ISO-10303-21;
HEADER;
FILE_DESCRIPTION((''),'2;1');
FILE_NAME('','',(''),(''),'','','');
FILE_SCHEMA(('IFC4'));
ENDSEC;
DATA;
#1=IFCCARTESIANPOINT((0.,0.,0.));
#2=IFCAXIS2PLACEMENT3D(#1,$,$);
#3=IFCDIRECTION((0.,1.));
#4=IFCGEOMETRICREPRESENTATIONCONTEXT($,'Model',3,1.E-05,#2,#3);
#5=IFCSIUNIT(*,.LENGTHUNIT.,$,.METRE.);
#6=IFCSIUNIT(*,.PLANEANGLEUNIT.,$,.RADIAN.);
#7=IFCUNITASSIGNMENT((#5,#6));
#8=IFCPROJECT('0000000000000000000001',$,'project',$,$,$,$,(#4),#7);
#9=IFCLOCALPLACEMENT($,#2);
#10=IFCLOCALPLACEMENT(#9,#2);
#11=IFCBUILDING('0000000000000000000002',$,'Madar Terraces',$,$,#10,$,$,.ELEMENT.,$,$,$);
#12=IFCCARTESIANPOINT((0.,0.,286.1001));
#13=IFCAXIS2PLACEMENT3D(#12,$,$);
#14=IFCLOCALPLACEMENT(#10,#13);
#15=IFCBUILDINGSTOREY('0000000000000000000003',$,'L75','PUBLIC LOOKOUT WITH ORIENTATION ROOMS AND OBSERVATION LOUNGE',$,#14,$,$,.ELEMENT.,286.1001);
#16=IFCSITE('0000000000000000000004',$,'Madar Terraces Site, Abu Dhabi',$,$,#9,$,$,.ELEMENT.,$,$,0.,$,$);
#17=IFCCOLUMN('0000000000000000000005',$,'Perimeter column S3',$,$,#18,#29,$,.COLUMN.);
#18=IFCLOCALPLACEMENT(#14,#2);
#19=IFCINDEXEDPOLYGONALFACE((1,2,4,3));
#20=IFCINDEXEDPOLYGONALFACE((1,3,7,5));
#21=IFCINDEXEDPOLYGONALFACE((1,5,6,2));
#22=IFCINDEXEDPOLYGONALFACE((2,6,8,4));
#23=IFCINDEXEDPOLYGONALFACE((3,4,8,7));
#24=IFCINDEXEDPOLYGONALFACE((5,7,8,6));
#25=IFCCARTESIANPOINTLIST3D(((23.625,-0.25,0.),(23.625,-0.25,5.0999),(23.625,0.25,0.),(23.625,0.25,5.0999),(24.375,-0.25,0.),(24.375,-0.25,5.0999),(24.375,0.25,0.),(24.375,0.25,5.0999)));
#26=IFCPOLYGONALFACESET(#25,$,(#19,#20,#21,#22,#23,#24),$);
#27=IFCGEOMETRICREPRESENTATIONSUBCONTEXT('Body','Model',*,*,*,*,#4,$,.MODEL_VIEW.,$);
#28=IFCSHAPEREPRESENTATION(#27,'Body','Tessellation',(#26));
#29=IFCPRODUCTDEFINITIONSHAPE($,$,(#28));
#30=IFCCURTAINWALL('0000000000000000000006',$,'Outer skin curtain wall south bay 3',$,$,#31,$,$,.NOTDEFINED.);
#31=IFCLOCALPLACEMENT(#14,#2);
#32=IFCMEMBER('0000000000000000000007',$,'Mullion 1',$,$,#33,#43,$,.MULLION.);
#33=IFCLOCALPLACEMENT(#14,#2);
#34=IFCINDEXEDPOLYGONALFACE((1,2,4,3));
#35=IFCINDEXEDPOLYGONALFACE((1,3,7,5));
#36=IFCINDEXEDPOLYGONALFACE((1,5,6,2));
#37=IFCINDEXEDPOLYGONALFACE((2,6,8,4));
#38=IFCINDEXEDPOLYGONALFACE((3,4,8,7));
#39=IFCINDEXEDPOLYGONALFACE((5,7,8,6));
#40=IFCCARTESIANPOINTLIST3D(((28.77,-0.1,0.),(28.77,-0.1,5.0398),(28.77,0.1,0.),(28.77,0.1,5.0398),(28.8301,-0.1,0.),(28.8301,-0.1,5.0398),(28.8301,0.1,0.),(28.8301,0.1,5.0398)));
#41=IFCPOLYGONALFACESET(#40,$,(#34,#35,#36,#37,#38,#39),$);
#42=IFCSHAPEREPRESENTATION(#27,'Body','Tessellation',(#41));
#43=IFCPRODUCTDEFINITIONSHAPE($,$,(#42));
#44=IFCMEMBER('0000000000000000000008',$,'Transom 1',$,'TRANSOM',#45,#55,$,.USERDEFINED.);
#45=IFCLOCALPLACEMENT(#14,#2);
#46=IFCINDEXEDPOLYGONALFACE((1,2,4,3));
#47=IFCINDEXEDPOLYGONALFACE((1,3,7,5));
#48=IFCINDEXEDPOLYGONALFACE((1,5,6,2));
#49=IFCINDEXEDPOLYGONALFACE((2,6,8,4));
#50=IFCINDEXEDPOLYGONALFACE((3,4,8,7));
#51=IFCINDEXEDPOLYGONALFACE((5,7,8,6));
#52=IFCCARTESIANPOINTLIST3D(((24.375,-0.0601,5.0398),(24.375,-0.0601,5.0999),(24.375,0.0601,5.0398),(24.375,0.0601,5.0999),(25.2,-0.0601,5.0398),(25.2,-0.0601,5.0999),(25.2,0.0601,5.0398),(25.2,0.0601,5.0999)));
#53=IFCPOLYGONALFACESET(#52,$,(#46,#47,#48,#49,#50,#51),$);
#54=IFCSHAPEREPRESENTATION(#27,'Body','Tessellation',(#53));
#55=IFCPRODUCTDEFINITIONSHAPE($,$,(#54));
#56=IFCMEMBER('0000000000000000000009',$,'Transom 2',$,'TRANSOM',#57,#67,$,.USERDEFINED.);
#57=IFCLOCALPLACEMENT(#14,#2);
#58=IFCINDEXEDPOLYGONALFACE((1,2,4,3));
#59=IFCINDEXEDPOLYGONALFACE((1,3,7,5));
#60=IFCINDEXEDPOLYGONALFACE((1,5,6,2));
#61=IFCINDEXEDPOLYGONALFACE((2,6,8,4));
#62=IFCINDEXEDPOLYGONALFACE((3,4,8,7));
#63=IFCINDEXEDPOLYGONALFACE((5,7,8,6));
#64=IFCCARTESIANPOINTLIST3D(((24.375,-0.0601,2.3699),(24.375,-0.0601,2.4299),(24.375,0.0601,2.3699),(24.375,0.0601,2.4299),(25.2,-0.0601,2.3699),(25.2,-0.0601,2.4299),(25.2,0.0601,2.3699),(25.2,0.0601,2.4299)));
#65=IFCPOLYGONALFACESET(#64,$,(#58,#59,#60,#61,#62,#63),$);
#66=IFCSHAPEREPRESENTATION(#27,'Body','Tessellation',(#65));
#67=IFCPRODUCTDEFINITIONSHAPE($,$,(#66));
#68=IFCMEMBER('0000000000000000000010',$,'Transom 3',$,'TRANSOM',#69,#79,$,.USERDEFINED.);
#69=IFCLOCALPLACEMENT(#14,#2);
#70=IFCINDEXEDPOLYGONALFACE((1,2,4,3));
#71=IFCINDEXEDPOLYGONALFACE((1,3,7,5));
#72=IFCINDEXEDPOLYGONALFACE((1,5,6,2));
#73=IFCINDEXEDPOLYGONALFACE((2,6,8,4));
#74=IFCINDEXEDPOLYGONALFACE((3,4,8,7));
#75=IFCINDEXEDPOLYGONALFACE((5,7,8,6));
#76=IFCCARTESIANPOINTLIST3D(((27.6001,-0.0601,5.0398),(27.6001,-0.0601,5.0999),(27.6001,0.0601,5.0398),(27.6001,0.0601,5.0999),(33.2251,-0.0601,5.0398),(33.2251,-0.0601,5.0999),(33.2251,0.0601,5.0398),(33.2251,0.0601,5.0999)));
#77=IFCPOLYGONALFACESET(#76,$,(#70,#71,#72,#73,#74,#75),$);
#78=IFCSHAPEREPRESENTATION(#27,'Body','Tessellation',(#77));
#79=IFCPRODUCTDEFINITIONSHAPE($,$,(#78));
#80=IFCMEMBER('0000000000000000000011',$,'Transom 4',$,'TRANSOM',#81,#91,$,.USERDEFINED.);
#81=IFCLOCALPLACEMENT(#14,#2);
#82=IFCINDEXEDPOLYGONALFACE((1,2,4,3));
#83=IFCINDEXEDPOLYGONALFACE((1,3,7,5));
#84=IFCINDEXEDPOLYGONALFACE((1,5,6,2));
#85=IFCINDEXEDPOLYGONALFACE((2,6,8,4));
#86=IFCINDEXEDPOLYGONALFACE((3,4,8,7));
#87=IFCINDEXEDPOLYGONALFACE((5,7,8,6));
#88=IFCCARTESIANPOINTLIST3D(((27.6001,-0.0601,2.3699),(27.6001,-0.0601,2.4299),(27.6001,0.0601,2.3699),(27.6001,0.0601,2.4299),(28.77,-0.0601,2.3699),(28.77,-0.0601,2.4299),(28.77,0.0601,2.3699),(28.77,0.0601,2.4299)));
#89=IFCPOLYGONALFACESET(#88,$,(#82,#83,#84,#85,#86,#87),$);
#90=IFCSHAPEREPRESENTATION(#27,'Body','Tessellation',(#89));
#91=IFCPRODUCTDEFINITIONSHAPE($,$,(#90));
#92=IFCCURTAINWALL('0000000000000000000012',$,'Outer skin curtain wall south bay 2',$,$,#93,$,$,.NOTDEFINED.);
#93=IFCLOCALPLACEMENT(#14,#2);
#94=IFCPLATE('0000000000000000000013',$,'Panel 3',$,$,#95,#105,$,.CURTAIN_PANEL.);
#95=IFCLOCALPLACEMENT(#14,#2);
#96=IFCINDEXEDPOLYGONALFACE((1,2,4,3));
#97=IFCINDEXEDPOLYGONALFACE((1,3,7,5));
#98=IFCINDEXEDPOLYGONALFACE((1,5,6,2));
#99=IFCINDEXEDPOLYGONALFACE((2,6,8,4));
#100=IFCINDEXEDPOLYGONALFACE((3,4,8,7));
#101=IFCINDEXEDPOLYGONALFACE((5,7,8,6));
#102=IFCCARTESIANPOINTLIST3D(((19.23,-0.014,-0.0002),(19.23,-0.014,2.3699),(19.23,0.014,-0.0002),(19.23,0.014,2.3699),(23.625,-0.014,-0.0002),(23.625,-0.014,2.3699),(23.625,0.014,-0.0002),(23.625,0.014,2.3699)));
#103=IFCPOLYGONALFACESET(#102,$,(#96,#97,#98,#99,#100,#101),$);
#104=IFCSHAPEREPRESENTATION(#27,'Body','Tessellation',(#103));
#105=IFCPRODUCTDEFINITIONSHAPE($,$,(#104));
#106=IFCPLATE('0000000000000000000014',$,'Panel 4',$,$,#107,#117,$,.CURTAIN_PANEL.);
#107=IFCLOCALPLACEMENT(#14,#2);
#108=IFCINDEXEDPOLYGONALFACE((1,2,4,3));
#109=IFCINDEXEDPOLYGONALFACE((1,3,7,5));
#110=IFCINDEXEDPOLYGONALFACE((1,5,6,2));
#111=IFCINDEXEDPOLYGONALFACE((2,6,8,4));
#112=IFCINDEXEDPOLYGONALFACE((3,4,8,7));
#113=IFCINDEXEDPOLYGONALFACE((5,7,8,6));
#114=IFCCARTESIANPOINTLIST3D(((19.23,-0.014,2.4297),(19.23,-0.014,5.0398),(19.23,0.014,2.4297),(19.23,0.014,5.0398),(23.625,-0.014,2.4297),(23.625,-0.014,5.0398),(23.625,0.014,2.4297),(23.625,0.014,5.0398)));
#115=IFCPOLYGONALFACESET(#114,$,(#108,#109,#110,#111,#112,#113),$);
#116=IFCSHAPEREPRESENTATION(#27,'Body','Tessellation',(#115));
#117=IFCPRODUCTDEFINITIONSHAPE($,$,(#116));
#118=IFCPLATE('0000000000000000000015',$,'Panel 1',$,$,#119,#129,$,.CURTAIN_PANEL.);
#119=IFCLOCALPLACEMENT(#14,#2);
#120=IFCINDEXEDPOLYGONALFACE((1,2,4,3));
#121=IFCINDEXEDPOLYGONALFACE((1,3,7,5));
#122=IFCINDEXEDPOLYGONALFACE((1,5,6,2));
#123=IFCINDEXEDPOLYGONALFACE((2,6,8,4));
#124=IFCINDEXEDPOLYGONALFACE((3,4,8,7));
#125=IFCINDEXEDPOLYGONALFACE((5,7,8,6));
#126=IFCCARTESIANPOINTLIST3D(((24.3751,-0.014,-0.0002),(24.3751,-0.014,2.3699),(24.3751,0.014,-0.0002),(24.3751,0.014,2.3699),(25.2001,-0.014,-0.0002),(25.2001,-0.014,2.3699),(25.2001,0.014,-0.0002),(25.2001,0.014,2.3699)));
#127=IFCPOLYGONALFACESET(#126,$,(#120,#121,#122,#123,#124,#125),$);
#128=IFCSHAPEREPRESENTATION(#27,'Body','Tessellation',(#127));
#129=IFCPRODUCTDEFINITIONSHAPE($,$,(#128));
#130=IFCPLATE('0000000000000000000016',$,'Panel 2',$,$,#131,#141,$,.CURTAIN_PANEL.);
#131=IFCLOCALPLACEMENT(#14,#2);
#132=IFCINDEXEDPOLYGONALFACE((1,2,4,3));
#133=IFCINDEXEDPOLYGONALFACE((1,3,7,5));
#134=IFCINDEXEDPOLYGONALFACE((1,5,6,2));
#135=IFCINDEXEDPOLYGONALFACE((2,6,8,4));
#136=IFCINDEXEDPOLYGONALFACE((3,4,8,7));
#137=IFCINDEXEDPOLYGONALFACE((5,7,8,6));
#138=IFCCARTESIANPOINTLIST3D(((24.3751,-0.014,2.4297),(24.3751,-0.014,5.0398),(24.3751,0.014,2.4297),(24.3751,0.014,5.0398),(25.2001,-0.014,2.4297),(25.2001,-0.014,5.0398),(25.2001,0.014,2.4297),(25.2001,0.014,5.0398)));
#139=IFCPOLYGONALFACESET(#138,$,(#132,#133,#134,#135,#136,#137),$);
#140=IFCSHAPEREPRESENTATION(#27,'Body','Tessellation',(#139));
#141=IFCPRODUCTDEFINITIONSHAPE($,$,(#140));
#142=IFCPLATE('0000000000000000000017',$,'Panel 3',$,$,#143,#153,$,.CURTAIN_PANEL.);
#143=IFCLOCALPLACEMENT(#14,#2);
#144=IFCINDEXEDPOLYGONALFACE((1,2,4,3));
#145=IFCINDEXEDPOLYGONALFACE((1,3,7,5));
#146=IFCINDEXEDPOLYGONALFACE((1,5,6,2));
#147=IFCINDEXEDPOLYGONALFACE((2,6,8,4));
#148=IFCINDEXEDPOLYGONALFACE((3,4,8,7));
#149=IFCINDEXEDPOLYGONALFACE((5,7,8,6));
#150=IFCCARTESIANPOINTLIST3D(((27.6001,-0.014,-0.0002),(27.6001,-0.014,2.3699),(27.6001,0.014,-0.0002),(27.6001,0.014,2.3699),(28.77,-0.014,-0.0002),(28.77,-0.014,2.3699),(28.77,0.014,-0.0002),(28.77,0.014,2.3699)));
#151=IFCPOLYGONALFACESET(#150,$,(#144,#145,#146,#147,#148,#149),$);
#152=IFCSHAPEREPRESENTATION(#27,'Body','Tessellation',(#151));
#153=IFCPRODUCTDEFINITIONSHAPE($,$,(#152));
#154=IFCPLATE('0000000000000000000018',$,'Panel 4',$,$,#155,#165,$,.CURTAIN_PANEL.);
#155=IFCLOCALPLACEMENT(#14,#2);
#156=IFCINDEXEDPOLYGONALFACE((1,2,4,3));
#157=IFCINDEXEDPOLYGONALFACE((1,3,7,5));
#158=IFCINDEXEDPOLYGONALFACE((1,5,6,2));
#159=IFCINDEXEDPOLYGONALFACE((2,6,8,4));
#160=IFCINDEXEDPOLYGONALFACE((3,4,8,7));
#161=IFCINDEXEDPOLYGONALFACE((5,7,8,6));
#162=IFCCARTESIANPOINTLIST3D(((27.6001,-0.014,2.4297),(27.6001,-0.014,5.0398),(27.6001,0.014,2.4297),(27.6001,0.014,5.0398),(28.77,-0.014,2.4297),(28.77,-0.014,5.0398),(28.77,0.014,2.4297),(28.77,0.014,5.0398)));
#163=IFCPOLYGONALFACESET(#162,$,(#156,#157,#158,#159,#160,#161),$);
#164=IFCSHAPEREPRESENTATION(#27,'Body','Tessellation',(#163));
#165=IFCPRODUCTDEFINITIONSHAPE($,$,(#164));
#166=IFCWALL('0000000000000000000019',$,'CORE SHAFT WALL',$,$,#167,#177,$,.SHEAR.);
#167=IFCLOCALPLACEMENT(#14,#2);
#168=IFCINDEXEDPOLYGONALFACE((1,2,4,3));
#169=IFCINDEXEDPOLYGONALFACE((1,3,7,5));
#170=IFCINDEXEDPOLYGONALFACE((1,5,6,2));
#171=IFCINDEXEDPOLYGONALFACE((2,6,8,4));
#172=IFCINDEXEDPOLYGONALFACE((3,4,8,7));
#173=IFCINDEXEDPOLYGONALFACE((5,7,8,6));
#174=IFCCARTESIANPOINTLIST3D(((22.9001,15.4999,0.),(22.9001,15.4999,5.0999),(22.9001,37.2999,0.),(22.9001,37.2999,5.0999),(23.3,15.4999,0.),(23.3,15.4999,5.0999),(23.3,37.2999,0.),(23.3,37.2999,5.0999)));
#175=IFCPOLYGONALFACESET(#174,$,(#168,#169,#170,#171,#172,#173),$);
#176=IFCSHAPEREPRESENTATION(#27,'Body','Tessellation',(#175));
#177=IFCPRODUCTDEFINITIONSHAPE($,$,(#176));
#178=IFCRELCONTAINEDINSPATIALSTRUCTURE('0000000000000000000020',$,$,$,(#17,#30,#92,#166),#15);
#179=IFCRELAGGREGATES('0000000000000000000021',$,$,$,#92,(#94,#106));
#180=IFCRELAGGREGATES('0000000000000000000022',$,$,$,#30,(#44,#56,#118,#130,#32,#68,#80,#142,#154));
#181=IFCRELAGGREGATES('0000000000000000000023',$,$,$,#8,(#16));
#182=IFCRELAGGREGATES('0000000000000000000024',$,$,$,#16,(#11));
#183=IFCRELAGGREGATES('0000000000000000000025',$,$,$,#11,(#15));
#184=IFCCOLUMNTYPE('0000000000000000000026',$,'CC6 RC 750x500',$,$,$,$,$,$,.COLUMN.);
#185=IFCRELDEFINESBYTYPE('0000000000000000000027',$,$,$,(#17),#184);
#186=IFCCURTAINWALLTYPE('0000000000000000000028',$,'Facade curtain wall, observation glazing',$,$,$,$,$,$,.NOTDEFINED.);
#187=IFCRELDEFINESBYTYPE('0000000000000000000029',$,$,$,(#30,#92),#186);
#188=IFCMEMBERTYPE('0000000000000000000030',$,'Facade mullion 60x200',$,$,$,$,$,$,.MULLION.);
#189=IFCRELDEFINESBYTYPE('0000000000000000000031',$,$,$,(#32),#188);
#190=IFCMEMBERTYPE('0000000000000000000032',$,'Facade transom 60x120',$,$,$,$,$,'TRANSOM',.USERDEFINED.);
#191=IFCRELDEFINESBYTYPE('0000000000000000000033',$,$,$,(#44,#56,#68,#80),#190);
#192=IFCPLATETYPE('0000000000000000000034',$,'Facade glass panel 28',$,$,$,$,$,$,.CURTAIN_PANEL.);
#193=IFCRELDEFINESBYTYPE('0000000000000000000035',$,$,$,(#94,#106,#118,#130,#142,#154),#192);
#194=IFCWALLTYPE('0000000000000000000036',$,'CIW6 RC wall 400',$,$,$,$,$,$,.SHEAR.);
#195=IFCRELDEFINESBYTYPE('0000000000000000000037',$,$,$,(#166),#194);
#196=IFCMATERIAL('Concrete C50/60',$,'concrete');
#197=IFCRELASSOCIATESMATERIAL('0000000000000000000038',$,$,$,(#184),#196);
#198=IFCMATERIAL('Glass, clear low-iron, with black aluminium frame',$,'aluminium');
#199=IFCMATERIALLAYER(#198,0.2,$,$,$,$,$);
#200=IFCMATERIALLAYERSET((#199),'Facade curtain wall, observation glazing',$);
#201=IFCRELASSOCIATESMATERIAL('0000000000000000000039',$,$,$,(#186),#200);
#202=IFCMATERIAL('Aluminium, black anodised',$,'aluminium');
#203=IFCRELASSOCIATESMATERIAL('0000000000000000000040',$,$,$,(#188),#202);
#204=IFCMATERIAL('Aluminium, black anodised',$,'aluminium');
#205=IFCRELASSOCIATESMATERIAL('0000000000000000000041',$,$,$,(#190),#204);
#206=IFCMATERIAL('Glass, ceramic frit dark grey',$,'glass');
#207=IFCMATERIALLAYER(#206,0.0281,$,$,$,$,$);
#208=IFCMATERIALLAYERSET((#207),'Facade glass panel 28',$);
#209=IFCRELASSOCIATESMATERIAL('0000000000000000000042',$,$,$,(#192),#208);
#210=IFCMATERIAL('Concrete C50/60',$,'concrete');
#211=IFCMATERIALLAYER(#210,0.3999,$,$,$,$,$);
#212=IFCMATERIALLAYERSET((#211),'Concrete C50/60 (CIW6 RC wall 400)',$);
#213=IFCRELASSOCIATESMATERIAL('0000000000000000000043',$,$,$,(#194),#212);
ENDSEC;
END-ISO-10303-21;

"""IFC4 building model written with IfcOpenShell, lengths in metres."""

from ifc_helpers import new_model, si_unit, direction, frame, frame_2d, origin, origin_2d, place, context, subcontext, project, spatial, rectangle, extrude, material, layer, layer_set, material_profile, profile_set, type_object, element, aggregate, save


model = new_model("IFC4")

# Units and contexts
model_context = context("Model", 3, precision=1e-05, world=origin(), true_north=direction((0.0, 1.0)))
body_context = subcontext(model_context, "Body", "Model", "MODEL_VIEW")
ifc_project = project(units=[si_unit("LENGTHUNIT", "METRE"), si_unit("PLANEANGLEUNIT", "RADIAN")], contexts=[model_context])

# Site, building, storey
site_placement = place(None, origin())
site = spatial("IfcSite", under=ifc_project, at=site_placement, Name="Madar Terraces Site, Abu Dhabi", CompositionType="ELEMENT", RefElevation=0.0)
building_placement = place(site_placement, origin())
building = spatial("IfcBuilding", under=site, at=building_placement, Name="Madar Terraces", CompositionType="ELEMENT")
storey_placement = place(building_placement, frame((0.0, 0.0, 286.1001)))
storey = spatial("IfcBuildingStorey", under=building, at=storey_placement, Name="L75", Description="PUBLIC LOOKOUT WITH ORIENTATION ROOMS AND OBSERVATION LOUNGE", CompositionType="ELEMENT", Elevation=286.1001)

# Column
ifc_material_1 = material(Name="Concrete C50/60", Category="concrete")
ifc_material_profile_1 = material_profile(ifc_material_1, rectangle(XDim=0.75, YDim=0.5, at=origin_2d()), Name="CC6 RC 750x500")
ifc_profile_set_1 = profile_set([ifc_material_profile_1], Name="Concrete C50/60")
column_type = type_object("IfcColumnType", Name="CC6 RC 750x500", PredefinedType="COLUMN", material=ifc_profile_set_1)
column_placement = place(storey_placement, frame((24.0, 0.0, 0.0), z_axis=(0.0, 0.0, 1.0), x_axis=(1.0, 0.0, 0.0)))
element("IfcColumn", 1, at=column_placement, inside=storey, type_object=column_type, Name="Perimeter column S3", PredefinedType="COLUMN", context=body_context, shape_type="SweptSolid", body=[
    extrude(rectangle(XDim=0.75, YDim=0.5, at=origin_2d()), origin(), (0.0, 0.0, 1.0), 5.0999),
])

# Curtain wall, members
ifc_material_2 = material(Name="Glass, clear low-iron, with black aluminium frame", Category="aluminium")
ifc_layer_1 = layer(ifc_material_2, 0.2)
ifc_layer_set_1 = layer_set([ifc_layer_1], Name="Facade curtain wall, observation glazing")
curtain_wall_type = type_object("IfcCurtainWallType", Name="Facade curtain wall, observation glazing", PredefinedType="NOTDEFINED", material=ifc_layer_set_1)
curtain_wall_1_placement = place(storey_placement, origin())
curtain_wall_1 = element("IfcCurtainWall", 2, at=curtain_wall_1_placement, inside=storey, type_object=curtain_wall_type, Name="Outer skin curtain wall south bay 3", PredefinedType="NOTDEFINED")
ifc_material_3 = material(Name="Aluminium, black anodised", Category="aluminium")
ifc_material_profile_2 = material_profile(ifc_material_3, rectangle(XDim=0.2, YDim=0.0601, at=origin_2d()), Name="Facade mullion 60x200")
ifc_profile_set_2 = profile_set([ifc_material_profile_2], Name="Aluminium, black anodised")
member_type_1 = type_object("IfcMemberType", Name="Facade mullion 60x200", PredefinedType="MULLION", material=ifc_profile_set_2)
member_1_placement = place(storey_placement, frame((28.8, 0.0, 0.0), z_axis=(0.0, 0.0, 1.0), x_axis=(0.0, 1.0, 0.0)))
member_1 = element("IfcMember", 3, at=member_1_placement, type_object=member_type_1, Name="Mullion 1", PredefinedType="MULLION", context=body_context, shape_type="SweptSolid", body=[
    extrude(rectangle(XDim=0.2, YDim=0.0601, at=origin_2d()), origin(), (0.0, 0.0, 1.0), 5.0398),
])
ifc_material_4 = material(Name="Aluminium, black anodised", Category="aluminium")
ifc_material_profile_3 = material_profile(ifc_material_4, rectangle(XDim=0.1201, YDim=0.0601, at=origin_2d()), Name="Facade transom 60x120")
ifc_profile_set_3 = profile_set([ifc_material_profile_3], Name="Aluminium, black anodised")
member_type_2 = type_object("IfcMemberType", Name="Facade transom 60x120", ElementType="TRANSOM", PredefinedType="USERDEFINED", material=ifc_profile_set_3)
member_2_placement = place(storey_placement, frame((24.375, 0.0, 5.0698), z_axis=(1.0, 0.0, 0.0), x_axis=(0.0, 1.0, 0.0)))
member_2 = element("IfcMember", 4, at=member_2_placement, type_object=member_type_2, Name="Transom 1", ObjectType="TRANSOM", PredefinedType="USERDEFINED", context=body_context, shape_type="SweptSolid", body=[
    extrude(rectangle(XDim=0.1201, YDim=0.0601, at=origin_2d()), origin(), (0.0, 0.0, 1.0), 0.825),
])
member_3_placement = place(storey_placement, frame((24.375, 0.0, 2.3999), z_axis=(1.0, 0.0, 0.0), x_axis=(0.0, 1.0, 0.0)))
member_3 = element("IfcMember", 5, at=member_3_placement, type_object=member_type_2, Name="Transom 2", ObjectType="TRANSOM", PredefinedType="USERDEFINED", context=body_context, shape_type="SweptSolid", body=[
    extrude(rectangle(XDim=0.1201, YDim=0.0601, at=origin_2d()), origin(), (0.0, 0.0, 1.0), 0.825),
])
member_4_placement = place(storey_placement, frame((27.6001, 0.0, 5.0698), z_axis=(1.0, 0.0, 0.0), x_axis=(0.0, 1.0, 0.0)))
member_4 = element("IfcMember", 6, at=member_4_placement, type_object=member_type_2, Name="Transom 3", ObjectType="TRANSOM", PredefinedType="USERDEFINED", context=body_context, shape_type="SweptSolid", body=[
    extrude(rectangle(XDim=0.1201, YDim=0.0601, at=origin_2d()), origin(), (0.0, 0.0, 1.0), 5.625),
])
member_5_placement = place(storey_placement, frame((27.6001, 0.0, 2.3999), z_axis=(1.0, 0.0, 0.0), x_axis=(0.0, 1.0, 0.0)))
member_5 = element("IfcMember", 7, at=member_5_placement, type_object=member_type_2, Name="Transom 4", ObjectType="TRANSOM", PredefinedType="USERDEFINED", context=body_context, shape_type="SweptSolid", body=[
    extrude(rectangle(XDim=0.1201, YDim=0.0601, at=origin_2d()), origin(), (0.0, 0.0, 1.0), 1.1699),
])

# Curtain wall, plates
curtain_wall_2_placement = place(storey_placement, origin())
curtain_wall_2 = element("IfcCurtainWall", 8, at=curtain_wall_2_placement, inside=storey, type_object=curtain_wall_type, Name="Outer skin curtain wall south bay 2", PredefinedType="NOTDEFINED")
ifc_material_5 = material(Name="Glass, ceramic frit dark grey", Category="glass")
ifc_layer_2 = layer(ifc_material_5, 0.0281)
ifc_layer_set_2 = layer_set([ifc_layer_2], Name="Facade glass panel 28")
plate_type = type_object("IfcPlateType", Name="Facade glass panel 28", PredefinedType="CURTAIN_PANEL", material=ifc_layer_set_2)
plate_1_placement = place(storey_placement, frame((21.4275, 0.0, -0.0002), z_axis=(0.0, 0.0, 1.0), x_axis=(1.0, 0.0, 0.0)))
plate_1 = element("IfcPlate", 9, at=plate_1_placement, type_object=plate_type, Name="Panel 3", PredefinedType="CURTAIN_PANEL", context=body_context, shape_type="SweptSolid", body=[
    extrude(rectangle(XDim=4.395, YDim=0.0281, at=origin_2d()), origin(), (0.0, 0.0, 1.0), 2.3701),
])
plate_2_placement = place(storey_placement, frame((21.4275, 0.0, 2.4297), z_axis=(0.0, 0.0, 1.0), x_axis=(1.0, 0.0, 0.0)))
plate_2 = element("IfcPlate", 10, at=plate_2_placement, type_object=plate_type, Name="Panel 4", PredefinedType="CURTAIN_PANEL", context=body_context, shape_type="SweptSolid", body=[
    extrude(rectangle(XDim=4.395, YDim=0.0281, at=origin_2d()), origin(), (0.0, 0.0, 1.0), 2.6101),
])
aggregate(curtain_wall_2, [plate_1, plate_2])

# Plates
plate_3_placement = place(storey_placement, frame((24.7876, 0.0, -0.0002), z_axis=(0.0, 0.0, 1.0), x_axis=(1.0, 0.0, 0.0)))
plate_3 = element("IfcPlate", 11, at=plate_3_placement, type_object=plate_type, Name="Panel 1", PredefinedType="CURTAIN_PANEL", context=body_context, shape_type="SweptSolid", body=[
    extrude(rectangle(XDim=0.825, YDim=0.0281, at=origin_2d()), origin(), (0.0, 0.0, 1.0), 2.3701),
])
plate_4_placement = place(storey_placement, frame((24.7876, 0.0, 2.4297), z_axis=(0.0, 0.0, 1.0), x_axis=(1.0, 0.0, 0.0)))
plate_4 = element("IfcPlate", 12, at=plate_4_placement, type_object=plate_type, Name="Panel 2", PredefinedType="CURTAIN_PANEL", context=body_context, shape_type="SweptSolid", body=[
    extrude(rectangle(XDim=0.825, YDim=0.0281, at=origin_2d()), origin(), (0.0, 0.0, 1.0), 2.6101),
])
plate_5_placement = place(storey_placement, frame((28.1851, 0.0, -0.0002), z_axis=(0.0, 0.0, 1.0), x_axis=(1.0, 0.0, 0.0)))
plate_5 = element("IfcPlate", 13, at=plate_5_placement, type_object=plate_type, Name="Panel 3", PredefinedType="CURTAIN_PANEL", context=body_context, shape_type="SweptSolid", body=[
    extrude(rectangle(XDim=1.1699, YDim=0.0281, at=origin_2d()), origin(), (0.0, 0.0, 1.0), 2.3701),
])
plate_6_placement = place(storey_placement, frame((28.1851, 0.0, 2.4297), z_axis=(0.0, 0.0, 1.0), x_axis=(1.0, 0.0, 0.0)))
plate_6 = element("IfcPlate", 14, at=plate_6_placement, type_object=plate_type, Name="Panel 4", PredefinedType="CURTAIN_PANEL", context=body_context, shape_type="SweptSolid", body=[
    extrude(rectangle(XDim=1.1699, YDim=0.0281, at=origin_2d()), origin(), (0.0, 0.0, 1.0), 2.6101),
])
aggregate(curtain_wall_1, [member_2, member_3, plate_3, plate_4, member_1, member_4, member_5, plate_5, plate_6])

# Wall
ifc_material_6 = material(Name="Concrete C50/60", Category="concrete")
ifc_layer_3 = layer(ifc_material_6, 0.3999)
ifc_layer_set_3 = layer_set([ifc_layer_3], Name="Concrete C50/60 (CIW6 RC wall 400)")
wall_type_1 = type_object("IfcWallType", Name="CIW6 RC wall 400", PredefinedType="SHEAR", material=ifc_layer_set_3)
wall_1_placement = place(storey_placement, frame((23.1001, 15.5, 0.0), z_axis=(0.0, 0.0, 1.0), x_axis=(0.0, 1.0, 0.0)))
element("IfcWall", 15, at=wall_1_placement, inside=storey, type_object=wall_type_1, Name="CORE SHAFT WALL", PredefinedType="SHEAR", context=body_context, shape_type="SweptSolid", body=[
    extrude(rectangle(XDim=21.8, YDim=0.3999, at=frame_2d((10.8999, 0.0))), origin(), (0.0, 0.0, 1.0), 5.0999),
])

save(model, "model.ifc")
